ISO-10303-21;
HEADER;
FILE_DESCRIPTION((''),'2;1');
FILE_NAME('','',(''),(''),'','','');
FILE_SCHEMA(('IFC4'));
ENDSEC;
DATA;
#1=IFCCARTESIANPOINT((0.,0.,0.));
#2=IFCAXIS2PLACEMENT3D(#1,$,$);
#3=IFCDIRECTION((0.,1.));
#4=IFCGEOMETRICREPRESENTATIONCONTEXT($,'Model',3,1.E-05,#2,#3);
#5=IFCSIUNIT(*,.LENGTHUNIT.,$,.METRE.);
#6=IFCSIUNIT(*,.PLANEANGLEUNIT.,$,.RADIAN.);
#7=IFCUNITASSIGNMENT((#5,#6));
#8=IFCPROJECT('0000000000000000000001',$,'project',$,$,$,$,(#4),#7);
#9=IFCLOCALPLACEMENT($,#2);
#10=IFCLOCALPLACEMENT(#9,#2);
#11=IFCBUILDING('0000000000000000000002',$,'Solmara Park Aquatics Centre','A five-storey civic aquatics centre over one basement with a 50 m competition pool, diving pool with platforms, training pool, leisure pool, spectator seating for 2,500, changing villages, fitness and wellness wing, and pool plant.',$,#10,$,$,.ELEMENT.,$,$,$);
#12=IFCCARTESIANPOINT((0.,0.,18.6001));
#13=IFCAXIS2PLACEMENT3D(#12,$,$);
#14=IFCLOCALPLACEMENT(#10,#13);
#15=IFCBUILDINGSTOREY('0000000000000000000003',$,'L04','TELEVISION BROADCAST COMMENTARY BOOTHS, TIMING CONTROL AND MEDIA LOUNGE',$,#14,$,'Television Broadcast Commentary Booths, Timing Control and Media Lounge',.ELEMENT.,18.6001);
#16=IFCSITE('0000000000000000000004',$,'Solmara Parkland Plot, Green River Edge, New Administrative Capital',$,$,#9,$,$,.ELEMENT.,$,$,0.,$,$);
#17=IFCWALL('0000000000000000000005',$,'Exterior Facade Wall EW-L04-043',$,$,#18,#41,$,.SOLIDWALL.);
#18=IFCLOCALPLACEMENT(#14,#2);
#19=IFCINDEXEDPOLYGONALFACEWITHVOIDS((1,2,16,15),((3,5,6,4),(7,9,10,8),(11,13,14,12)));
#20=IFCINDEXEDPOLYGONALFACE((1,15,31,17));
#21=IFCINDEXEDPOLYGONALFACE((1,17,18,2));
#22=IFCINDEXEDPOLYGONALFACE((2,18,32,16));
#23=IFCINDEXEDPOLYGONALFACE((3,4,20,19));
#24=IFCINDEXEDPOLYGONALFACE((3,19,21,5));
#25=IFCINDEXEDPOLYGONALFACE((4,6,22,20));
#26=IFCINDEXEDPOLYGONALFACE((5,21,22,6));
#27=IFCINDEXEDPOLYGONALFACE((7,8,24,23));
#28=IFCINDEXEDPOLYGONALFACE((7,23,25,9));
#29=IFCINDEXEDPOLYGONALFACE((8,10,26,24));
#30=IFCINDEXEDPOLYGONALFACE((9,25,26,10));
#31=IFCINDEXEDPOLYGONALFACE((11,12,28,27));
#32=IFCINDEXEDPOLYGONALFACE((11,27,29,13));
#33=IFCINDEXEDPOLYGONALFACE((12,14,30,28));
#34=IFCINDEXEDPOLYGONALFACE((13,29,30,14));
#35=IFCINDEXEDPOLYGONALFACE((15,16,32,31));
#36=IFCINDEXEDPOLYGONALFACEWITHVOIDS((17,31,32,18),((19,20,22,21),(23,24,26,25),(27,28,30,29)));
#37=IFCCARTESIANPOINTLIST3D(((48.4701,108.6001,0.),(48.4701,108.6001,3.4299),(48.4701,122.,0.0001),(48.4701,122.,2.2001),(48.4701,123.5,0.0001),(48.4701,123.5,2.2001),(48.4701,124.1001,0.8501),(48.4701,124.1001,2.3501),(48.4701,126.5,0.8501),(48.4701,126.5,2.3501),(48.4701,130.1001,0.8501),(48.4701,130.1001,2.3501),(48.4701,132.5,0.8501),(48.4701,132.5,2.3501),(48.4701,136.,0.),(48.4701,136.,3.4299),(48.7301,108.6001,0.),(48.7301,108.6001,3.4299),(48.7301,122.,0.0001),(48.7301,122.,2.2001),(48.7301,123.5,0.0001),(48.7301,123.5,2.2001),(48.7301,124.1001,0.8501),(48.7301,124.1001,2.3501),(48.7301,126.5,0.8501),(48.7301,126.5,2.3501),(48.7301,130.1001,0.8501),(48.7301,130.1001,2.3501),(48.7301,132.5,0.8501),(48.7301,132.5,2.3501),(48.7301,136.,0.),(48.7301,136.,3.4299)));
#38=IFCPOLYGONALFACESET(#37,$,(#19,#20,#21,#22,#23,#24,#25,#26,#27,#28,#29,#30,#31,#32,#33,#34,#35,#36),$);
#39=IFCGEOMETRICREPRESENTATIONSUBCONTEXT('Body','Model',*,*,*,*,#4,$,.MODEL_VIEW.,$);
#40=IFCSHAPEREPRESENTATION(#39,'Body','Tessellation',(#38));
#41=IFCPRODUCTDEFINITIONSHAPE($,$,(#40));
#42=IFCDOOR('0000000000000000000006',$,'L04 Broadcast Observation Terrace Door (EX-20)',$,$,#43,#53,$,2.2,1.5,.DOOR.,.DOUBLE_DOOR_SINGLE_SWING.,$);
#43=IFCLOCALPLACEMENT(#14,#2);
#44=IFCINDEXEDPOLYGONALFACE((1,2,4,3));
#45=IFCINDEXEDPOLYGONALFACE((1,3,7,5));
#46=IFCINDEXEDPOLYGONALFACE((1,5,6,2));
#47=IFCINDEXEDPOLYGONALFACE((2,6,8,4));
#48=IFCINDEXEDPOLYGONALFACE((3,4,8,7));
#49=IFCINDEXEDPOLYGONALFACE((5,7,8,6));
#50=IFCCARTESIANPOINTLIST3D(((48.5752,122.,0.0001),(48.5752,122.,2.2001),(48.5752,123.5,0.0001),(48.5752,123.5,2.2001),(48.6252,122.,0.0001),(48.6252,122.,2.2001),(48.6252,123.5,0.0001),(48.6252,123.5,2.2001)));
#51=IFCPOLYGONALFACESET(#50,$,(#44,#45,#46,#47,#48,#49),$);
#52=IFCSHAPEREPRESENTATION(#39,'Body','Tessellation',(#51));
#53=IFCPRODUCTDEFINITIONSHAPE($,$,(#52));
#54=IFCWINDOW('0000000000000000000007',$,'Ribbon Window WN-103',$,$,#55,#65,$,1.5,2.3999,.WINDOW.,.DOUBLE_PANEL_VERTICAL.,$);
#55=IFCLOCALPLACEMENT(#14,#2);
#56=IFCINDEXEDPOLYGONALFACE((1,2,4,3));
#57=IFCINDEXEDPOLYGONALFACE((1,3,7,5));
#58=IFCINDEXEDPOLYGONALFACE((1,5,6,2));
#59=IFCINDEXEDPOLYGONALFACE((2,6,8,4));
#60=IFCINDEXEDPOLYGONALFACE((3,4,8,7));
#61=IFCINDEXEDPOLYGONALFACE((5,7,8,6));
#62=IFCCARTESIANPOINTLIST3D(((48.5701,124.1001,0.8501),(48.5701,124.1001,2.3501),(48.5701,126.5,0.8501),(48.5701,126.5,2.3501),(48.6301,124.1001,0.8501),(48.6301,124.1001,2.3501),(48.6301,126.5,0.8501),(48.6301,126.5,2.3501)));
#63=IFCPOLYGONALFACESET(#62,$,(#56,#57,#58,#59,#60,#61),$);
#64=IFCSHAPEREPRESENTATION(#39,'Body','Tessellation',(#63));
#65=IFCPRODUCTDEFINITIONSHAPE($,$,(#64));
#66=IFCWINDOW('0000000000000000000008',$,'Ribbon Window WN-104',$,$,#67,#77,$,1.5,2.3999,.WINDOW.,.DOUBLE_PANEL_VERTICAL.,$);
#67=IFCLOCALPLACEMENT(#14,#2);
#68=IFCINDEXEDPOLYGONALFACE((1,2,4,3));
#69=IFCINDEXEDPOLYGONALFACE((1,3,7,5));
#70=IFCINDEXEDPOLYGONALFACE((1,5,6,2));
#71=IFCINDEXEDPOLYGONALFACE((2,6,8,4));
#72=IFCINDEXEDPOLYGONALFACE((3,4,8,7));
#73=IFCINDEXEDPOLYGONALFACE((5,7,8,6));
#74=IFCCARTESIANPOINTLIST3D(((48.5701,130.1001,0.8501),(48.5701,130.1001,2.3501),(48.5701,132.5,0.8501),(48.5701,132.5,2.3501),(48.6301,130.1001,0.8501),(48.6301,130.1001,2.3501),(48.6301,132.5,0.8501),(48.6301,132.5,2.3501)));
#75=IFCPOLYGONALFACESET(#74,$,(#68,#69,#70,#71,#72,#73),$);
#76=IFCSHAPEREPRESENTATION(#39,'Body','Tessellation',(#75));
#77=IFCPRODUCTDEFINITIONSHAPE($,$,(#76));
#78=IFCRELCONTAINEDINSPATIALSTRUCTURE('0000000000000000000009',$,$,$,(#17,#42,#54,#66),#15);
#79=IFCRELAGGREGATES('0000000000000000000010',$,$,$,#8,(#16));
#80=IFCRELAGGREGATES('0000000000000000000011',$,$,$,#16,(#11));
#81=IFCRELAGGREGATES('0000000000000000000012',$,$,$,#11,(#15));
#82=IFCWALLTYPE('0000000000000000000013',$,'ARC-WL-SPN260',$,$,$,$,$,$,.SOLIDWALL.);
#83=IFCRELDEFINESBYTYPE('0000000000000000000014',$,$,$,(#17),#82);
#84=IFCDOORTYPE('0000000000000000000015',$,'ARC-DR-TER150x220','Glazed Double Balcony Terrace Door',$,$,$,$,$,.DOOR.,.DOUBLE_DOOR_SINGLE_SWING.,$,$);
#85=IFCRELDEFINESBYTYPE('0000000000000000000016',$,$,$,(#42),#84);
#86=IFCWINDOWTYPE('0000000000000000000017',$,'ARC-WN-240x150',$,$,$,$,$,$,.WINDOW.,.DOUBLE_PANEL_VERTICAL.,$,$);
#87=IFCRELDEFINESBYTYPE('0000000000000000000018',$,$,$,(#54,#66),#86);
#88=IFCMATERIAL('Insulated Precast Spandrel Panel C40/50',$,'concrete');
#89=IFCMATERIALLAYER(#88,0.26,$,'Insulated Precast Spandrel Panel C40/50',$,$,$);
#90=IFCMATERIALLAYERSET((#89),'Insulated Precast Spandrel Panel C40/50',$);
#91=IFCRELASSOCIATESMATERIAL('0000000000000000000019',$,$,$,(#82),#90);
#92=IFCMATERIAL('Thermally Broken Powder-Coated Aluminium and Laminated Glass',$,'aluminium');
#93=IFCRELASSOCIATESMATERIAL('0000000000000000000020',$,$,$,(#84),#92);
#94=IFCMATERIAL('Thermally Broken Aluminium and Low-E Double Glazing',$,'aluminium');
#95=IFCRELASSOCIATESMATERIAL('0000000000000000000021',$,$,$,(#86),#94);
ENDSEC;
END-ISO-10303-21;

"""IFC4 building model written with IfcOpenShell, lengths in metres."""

from ifc_helpers import new_model, si_unit, direction, frame, frame_2d, origin, place, context, subcontext, project, spatial, rectangle, extrude, material, layer, layer_set, type_object, element, fill, save


model = new_model("IFC4")

# Units and contexts
model_context = context("Model", 3, precision=1e-05, world=origin(), true_north=direction((0.0, 1.0)))
body_context = subcontext(model_context, "Body", "Model", "MODEL_VIEW")
ifc_project = project(units=[si_unit("LENGTHUNIT", "METRE"), si_unit("PLANEANGLEUNIT", "RADIAN")], contexts=[model_context])

# Site, building, storey
site_placement = place(None, origin())
site = spatial("IfcSite", under=ifc_project, at=site_placement, Name="Solmara Parkland Plot, Green River Edge, New Administrative Capital", CompositionType="ELEMENT", RefElevation=0.0)
building_placement = place(site_placement, origin())
building = spatial("IfcBuilding", under=site, at=building_placement, Name="Solmara Park Aquatics Centre", Description="A five-storey civic aquatics centre over one basement with a 50 m competition pool, diving pool with platforms, training pool, leisure pool, spectator seating for 2,500, changing villages, fitness and wellness wing, and pool plant.", CompositionType="ELEMENT")
storey_placement = place(building_placement, frame((0.0, 0.0, 18.6001)))
storey = spatial("IfcBuildingStorey", under=building, at=storey_placement, Name="L04", Description="TELEVISION BROADCAST COMMENTARY BOOTHS, TIMING CONTROL AND MEDIA LOUNGE", LongName="Television Broadcast Commentary Booths, Timing Control and Media Lounge", CompositionType="ELEMENT", Elevation=18.6001)

# Shared definitions
ifc_material_1 = material(Name="Insulated Precast Spandrel Panel C40/50", Category="concrete")
ifc_layer_1 = layer(ifc_material_1, 0.26, Name="Insulated Precast Spandrel Panel C40/50")
ifc_layer_set_1 = layer_set([ifc_layer_1], Name="Insulated Precast Spandrel Panel C40/50")
wall_type_1 = type_object("IfcWallType", Name="ARC-WL-SPN260", PredefinedType="SOLIDWALL", material=ifc_layer_set_1)
ifc_material_2 = material(Name="Thermally Broken Aluminium and Low-E Double Glazing", Category="aluminium")

# Wall, openings, door, windows
wall_1_placement = place(storey_placement, frame((48.6001, 108.6001, 0.0), z_axis=(0.0, 0.0, 1.0), x_axis=(0.0, 1.0, 0.0)))
wall_1 = element("IfcWall", 1, at=wall_1_placement, inside=storey, type_object=wall_type_1, Name="Exterior Facade Wall EW-L04-043", PredefinedType="SOLIDWALL", context=body_context, shape_type="SweptSolid", body=[
    extrude(rectangle(XDim=27.3999, YDim=0.26, at=frame_2d((13.7, 0.0))), origin(), (0.0, 0.0, 1.0), 3.4299),
])
opening_1_placement = place(wall_1_placement, frame((13.3999, 0.0, 0.0)))
opening_1 = element("IfcOpeningElement", 2, at=opening_1_placement, cuts=wall_1, PredefinedType="OPENING", context=body_context, shape_type="SweptSolid", body=[
    extrude(rectangle(XDim=1.5, YDim=2.2, at=frame_2d((0.75, 1.1001))), frame((0.0, 0.1399, 0.0), z_axis=(0.0, -1.0, 0.0), x_axis=(1.0, 0.0, 0.0)), (0.0, 0.0, 1.0), 0.28),
])
opening_2_placement = place(wall_1_placement, frame((15.5, 0.0, 0.8501)))
opening_2 = element("IfcOpeningElement", 3, at=opening_2_placement, cuts=wall_1, PredefinedType="OPENING", context=body_context, shape_type="SweptSolid", body=[
    extrude(rectangle(XDim=2.3999, YDim=1.5, at=frame_2d((1.2, 0.75))), frame((0.0, 0.1399, 0.0), z_axis=(0.0, -1.0, 0.0), x_axis=(1.0, 0.0, 0.0)), (0.0, 0.0, 1.0), 0.28),
])
opening_3_placement = place(wall_1_placement, frame((21.5, 0.0, 0.8501)))
opening_3 = element("IfcOpeningElement", 4, at=opening_3_placement, cuts=wall_1, PredefinedType="OPENING", context=body_context, shape_type="SweptSolid", body=[
    extrude(rectangle(XDim=2.3999, YDim=1.5, at=frame_2d((1.2, 0.75))), frame((0.0, 0.1399, 0.0), z_axis=(0.0, -1.0, 0.0), x_axis=(1.0, 0.0, 0.0)), (0.0, 0.0, 1.0), 0.28),
])
ifc_material_3 = material(Name="Thermally Broken Powder-Coated Aluminium and Laminated Glass", Category="aluminium")
door_type = type_object("IfcDoorType", Name="ARC-DR-TER150x220", Description="Glazed Double Balcony Terrace Door", OperationType="DOUBLE_DOOR_SINGLE_SWING", PredefinedType="DOOR", material=ifc_material_3)
door_placement = place(opening_1_placement, origin())
door = element("IfcDoor", 5, at=door_placement, inside=storey, type_object=door_type, Name="L04 Broadcast Observation Terrace Door (EX-20)", OperationType="DOUBLE_DOOR_SINGLE_SWING", OverallHeight=2.2, OverallWidth=1.5, PredefinedType="DOOR", context=body_context, shape_type="SweptSolid", body=[
    extrude(rectangle(XDim=1.5, YDim=2.2, at=frame_2d((0.75, 1.1001))), frame((0.0, 0.0249, 0.0), z_axis=(0.0, -1.0, 0.0), x_axis=(1.0, 0.0, 0.0)), (0.0, 0.0, 1.0), 0.05),
])
fill(opening_1, door)
window_type_1 = type_object("IfcWindowType", Name="ARC-WN-240x150", PartitioningType="DOUBLE_PANEL_VERTICAL", PredefinedType="WINDOW", material=ifc_material_2)
window_1_placement = place(opening_2_placement, origin())
window_1 = element("IfcWindow", 6, at=window_1_placement, inside=storey, type_object=window_type_1, Name="Ribbon Window WN-103", OverallHeight=1.5, OverallWidth=2.3999, PartitioningType="DOUBLE_PANEL_VERTICAL", PredefinedType="WINDOW", context=body_context, shape_type="SweptSolid", body=[
    extrude(rectangle(XDim=2.3999, YDim=1.5, at=frame_2d((1.2, 0.75))), frame((0.0, 0.03, 0.0), z_axis=(0.0, -1.0, 0.0), x_axis=(1.0, 0.0, 0.0)), (0.0, 0.0, 1.0), 0.0601),
])
fill(opening_2, window_1)
window_2_placement = place(opening_3_placement, origin())
window_2 = element("IfcWindow", 7, at=window_2_placement, inside=storey, type_object=window_type_1, Name="Ribbon Window WN-104", OverallHeight=1.5, OverallWidth=2.3999, PartitioningType="DOUBLE_PANEL_VERTICAL", PredefinedType="WINDOW", context=body_context, shape_type="SweptSolid", body=[
    extrude(rectangle(XDim=2.3999, YDim=1.5, at=frame_2d((1.2, 0.75))), frame((0.0, 0.03, 0.0), z_axis=(0.0, -1.0, 0.0), x_axis=(1.0, 0.0, 0.0)), (0.0, 0.0, 1.0), 0.0601),
])
fill(opening_3, window_2)

save(model, "model.ifc")
